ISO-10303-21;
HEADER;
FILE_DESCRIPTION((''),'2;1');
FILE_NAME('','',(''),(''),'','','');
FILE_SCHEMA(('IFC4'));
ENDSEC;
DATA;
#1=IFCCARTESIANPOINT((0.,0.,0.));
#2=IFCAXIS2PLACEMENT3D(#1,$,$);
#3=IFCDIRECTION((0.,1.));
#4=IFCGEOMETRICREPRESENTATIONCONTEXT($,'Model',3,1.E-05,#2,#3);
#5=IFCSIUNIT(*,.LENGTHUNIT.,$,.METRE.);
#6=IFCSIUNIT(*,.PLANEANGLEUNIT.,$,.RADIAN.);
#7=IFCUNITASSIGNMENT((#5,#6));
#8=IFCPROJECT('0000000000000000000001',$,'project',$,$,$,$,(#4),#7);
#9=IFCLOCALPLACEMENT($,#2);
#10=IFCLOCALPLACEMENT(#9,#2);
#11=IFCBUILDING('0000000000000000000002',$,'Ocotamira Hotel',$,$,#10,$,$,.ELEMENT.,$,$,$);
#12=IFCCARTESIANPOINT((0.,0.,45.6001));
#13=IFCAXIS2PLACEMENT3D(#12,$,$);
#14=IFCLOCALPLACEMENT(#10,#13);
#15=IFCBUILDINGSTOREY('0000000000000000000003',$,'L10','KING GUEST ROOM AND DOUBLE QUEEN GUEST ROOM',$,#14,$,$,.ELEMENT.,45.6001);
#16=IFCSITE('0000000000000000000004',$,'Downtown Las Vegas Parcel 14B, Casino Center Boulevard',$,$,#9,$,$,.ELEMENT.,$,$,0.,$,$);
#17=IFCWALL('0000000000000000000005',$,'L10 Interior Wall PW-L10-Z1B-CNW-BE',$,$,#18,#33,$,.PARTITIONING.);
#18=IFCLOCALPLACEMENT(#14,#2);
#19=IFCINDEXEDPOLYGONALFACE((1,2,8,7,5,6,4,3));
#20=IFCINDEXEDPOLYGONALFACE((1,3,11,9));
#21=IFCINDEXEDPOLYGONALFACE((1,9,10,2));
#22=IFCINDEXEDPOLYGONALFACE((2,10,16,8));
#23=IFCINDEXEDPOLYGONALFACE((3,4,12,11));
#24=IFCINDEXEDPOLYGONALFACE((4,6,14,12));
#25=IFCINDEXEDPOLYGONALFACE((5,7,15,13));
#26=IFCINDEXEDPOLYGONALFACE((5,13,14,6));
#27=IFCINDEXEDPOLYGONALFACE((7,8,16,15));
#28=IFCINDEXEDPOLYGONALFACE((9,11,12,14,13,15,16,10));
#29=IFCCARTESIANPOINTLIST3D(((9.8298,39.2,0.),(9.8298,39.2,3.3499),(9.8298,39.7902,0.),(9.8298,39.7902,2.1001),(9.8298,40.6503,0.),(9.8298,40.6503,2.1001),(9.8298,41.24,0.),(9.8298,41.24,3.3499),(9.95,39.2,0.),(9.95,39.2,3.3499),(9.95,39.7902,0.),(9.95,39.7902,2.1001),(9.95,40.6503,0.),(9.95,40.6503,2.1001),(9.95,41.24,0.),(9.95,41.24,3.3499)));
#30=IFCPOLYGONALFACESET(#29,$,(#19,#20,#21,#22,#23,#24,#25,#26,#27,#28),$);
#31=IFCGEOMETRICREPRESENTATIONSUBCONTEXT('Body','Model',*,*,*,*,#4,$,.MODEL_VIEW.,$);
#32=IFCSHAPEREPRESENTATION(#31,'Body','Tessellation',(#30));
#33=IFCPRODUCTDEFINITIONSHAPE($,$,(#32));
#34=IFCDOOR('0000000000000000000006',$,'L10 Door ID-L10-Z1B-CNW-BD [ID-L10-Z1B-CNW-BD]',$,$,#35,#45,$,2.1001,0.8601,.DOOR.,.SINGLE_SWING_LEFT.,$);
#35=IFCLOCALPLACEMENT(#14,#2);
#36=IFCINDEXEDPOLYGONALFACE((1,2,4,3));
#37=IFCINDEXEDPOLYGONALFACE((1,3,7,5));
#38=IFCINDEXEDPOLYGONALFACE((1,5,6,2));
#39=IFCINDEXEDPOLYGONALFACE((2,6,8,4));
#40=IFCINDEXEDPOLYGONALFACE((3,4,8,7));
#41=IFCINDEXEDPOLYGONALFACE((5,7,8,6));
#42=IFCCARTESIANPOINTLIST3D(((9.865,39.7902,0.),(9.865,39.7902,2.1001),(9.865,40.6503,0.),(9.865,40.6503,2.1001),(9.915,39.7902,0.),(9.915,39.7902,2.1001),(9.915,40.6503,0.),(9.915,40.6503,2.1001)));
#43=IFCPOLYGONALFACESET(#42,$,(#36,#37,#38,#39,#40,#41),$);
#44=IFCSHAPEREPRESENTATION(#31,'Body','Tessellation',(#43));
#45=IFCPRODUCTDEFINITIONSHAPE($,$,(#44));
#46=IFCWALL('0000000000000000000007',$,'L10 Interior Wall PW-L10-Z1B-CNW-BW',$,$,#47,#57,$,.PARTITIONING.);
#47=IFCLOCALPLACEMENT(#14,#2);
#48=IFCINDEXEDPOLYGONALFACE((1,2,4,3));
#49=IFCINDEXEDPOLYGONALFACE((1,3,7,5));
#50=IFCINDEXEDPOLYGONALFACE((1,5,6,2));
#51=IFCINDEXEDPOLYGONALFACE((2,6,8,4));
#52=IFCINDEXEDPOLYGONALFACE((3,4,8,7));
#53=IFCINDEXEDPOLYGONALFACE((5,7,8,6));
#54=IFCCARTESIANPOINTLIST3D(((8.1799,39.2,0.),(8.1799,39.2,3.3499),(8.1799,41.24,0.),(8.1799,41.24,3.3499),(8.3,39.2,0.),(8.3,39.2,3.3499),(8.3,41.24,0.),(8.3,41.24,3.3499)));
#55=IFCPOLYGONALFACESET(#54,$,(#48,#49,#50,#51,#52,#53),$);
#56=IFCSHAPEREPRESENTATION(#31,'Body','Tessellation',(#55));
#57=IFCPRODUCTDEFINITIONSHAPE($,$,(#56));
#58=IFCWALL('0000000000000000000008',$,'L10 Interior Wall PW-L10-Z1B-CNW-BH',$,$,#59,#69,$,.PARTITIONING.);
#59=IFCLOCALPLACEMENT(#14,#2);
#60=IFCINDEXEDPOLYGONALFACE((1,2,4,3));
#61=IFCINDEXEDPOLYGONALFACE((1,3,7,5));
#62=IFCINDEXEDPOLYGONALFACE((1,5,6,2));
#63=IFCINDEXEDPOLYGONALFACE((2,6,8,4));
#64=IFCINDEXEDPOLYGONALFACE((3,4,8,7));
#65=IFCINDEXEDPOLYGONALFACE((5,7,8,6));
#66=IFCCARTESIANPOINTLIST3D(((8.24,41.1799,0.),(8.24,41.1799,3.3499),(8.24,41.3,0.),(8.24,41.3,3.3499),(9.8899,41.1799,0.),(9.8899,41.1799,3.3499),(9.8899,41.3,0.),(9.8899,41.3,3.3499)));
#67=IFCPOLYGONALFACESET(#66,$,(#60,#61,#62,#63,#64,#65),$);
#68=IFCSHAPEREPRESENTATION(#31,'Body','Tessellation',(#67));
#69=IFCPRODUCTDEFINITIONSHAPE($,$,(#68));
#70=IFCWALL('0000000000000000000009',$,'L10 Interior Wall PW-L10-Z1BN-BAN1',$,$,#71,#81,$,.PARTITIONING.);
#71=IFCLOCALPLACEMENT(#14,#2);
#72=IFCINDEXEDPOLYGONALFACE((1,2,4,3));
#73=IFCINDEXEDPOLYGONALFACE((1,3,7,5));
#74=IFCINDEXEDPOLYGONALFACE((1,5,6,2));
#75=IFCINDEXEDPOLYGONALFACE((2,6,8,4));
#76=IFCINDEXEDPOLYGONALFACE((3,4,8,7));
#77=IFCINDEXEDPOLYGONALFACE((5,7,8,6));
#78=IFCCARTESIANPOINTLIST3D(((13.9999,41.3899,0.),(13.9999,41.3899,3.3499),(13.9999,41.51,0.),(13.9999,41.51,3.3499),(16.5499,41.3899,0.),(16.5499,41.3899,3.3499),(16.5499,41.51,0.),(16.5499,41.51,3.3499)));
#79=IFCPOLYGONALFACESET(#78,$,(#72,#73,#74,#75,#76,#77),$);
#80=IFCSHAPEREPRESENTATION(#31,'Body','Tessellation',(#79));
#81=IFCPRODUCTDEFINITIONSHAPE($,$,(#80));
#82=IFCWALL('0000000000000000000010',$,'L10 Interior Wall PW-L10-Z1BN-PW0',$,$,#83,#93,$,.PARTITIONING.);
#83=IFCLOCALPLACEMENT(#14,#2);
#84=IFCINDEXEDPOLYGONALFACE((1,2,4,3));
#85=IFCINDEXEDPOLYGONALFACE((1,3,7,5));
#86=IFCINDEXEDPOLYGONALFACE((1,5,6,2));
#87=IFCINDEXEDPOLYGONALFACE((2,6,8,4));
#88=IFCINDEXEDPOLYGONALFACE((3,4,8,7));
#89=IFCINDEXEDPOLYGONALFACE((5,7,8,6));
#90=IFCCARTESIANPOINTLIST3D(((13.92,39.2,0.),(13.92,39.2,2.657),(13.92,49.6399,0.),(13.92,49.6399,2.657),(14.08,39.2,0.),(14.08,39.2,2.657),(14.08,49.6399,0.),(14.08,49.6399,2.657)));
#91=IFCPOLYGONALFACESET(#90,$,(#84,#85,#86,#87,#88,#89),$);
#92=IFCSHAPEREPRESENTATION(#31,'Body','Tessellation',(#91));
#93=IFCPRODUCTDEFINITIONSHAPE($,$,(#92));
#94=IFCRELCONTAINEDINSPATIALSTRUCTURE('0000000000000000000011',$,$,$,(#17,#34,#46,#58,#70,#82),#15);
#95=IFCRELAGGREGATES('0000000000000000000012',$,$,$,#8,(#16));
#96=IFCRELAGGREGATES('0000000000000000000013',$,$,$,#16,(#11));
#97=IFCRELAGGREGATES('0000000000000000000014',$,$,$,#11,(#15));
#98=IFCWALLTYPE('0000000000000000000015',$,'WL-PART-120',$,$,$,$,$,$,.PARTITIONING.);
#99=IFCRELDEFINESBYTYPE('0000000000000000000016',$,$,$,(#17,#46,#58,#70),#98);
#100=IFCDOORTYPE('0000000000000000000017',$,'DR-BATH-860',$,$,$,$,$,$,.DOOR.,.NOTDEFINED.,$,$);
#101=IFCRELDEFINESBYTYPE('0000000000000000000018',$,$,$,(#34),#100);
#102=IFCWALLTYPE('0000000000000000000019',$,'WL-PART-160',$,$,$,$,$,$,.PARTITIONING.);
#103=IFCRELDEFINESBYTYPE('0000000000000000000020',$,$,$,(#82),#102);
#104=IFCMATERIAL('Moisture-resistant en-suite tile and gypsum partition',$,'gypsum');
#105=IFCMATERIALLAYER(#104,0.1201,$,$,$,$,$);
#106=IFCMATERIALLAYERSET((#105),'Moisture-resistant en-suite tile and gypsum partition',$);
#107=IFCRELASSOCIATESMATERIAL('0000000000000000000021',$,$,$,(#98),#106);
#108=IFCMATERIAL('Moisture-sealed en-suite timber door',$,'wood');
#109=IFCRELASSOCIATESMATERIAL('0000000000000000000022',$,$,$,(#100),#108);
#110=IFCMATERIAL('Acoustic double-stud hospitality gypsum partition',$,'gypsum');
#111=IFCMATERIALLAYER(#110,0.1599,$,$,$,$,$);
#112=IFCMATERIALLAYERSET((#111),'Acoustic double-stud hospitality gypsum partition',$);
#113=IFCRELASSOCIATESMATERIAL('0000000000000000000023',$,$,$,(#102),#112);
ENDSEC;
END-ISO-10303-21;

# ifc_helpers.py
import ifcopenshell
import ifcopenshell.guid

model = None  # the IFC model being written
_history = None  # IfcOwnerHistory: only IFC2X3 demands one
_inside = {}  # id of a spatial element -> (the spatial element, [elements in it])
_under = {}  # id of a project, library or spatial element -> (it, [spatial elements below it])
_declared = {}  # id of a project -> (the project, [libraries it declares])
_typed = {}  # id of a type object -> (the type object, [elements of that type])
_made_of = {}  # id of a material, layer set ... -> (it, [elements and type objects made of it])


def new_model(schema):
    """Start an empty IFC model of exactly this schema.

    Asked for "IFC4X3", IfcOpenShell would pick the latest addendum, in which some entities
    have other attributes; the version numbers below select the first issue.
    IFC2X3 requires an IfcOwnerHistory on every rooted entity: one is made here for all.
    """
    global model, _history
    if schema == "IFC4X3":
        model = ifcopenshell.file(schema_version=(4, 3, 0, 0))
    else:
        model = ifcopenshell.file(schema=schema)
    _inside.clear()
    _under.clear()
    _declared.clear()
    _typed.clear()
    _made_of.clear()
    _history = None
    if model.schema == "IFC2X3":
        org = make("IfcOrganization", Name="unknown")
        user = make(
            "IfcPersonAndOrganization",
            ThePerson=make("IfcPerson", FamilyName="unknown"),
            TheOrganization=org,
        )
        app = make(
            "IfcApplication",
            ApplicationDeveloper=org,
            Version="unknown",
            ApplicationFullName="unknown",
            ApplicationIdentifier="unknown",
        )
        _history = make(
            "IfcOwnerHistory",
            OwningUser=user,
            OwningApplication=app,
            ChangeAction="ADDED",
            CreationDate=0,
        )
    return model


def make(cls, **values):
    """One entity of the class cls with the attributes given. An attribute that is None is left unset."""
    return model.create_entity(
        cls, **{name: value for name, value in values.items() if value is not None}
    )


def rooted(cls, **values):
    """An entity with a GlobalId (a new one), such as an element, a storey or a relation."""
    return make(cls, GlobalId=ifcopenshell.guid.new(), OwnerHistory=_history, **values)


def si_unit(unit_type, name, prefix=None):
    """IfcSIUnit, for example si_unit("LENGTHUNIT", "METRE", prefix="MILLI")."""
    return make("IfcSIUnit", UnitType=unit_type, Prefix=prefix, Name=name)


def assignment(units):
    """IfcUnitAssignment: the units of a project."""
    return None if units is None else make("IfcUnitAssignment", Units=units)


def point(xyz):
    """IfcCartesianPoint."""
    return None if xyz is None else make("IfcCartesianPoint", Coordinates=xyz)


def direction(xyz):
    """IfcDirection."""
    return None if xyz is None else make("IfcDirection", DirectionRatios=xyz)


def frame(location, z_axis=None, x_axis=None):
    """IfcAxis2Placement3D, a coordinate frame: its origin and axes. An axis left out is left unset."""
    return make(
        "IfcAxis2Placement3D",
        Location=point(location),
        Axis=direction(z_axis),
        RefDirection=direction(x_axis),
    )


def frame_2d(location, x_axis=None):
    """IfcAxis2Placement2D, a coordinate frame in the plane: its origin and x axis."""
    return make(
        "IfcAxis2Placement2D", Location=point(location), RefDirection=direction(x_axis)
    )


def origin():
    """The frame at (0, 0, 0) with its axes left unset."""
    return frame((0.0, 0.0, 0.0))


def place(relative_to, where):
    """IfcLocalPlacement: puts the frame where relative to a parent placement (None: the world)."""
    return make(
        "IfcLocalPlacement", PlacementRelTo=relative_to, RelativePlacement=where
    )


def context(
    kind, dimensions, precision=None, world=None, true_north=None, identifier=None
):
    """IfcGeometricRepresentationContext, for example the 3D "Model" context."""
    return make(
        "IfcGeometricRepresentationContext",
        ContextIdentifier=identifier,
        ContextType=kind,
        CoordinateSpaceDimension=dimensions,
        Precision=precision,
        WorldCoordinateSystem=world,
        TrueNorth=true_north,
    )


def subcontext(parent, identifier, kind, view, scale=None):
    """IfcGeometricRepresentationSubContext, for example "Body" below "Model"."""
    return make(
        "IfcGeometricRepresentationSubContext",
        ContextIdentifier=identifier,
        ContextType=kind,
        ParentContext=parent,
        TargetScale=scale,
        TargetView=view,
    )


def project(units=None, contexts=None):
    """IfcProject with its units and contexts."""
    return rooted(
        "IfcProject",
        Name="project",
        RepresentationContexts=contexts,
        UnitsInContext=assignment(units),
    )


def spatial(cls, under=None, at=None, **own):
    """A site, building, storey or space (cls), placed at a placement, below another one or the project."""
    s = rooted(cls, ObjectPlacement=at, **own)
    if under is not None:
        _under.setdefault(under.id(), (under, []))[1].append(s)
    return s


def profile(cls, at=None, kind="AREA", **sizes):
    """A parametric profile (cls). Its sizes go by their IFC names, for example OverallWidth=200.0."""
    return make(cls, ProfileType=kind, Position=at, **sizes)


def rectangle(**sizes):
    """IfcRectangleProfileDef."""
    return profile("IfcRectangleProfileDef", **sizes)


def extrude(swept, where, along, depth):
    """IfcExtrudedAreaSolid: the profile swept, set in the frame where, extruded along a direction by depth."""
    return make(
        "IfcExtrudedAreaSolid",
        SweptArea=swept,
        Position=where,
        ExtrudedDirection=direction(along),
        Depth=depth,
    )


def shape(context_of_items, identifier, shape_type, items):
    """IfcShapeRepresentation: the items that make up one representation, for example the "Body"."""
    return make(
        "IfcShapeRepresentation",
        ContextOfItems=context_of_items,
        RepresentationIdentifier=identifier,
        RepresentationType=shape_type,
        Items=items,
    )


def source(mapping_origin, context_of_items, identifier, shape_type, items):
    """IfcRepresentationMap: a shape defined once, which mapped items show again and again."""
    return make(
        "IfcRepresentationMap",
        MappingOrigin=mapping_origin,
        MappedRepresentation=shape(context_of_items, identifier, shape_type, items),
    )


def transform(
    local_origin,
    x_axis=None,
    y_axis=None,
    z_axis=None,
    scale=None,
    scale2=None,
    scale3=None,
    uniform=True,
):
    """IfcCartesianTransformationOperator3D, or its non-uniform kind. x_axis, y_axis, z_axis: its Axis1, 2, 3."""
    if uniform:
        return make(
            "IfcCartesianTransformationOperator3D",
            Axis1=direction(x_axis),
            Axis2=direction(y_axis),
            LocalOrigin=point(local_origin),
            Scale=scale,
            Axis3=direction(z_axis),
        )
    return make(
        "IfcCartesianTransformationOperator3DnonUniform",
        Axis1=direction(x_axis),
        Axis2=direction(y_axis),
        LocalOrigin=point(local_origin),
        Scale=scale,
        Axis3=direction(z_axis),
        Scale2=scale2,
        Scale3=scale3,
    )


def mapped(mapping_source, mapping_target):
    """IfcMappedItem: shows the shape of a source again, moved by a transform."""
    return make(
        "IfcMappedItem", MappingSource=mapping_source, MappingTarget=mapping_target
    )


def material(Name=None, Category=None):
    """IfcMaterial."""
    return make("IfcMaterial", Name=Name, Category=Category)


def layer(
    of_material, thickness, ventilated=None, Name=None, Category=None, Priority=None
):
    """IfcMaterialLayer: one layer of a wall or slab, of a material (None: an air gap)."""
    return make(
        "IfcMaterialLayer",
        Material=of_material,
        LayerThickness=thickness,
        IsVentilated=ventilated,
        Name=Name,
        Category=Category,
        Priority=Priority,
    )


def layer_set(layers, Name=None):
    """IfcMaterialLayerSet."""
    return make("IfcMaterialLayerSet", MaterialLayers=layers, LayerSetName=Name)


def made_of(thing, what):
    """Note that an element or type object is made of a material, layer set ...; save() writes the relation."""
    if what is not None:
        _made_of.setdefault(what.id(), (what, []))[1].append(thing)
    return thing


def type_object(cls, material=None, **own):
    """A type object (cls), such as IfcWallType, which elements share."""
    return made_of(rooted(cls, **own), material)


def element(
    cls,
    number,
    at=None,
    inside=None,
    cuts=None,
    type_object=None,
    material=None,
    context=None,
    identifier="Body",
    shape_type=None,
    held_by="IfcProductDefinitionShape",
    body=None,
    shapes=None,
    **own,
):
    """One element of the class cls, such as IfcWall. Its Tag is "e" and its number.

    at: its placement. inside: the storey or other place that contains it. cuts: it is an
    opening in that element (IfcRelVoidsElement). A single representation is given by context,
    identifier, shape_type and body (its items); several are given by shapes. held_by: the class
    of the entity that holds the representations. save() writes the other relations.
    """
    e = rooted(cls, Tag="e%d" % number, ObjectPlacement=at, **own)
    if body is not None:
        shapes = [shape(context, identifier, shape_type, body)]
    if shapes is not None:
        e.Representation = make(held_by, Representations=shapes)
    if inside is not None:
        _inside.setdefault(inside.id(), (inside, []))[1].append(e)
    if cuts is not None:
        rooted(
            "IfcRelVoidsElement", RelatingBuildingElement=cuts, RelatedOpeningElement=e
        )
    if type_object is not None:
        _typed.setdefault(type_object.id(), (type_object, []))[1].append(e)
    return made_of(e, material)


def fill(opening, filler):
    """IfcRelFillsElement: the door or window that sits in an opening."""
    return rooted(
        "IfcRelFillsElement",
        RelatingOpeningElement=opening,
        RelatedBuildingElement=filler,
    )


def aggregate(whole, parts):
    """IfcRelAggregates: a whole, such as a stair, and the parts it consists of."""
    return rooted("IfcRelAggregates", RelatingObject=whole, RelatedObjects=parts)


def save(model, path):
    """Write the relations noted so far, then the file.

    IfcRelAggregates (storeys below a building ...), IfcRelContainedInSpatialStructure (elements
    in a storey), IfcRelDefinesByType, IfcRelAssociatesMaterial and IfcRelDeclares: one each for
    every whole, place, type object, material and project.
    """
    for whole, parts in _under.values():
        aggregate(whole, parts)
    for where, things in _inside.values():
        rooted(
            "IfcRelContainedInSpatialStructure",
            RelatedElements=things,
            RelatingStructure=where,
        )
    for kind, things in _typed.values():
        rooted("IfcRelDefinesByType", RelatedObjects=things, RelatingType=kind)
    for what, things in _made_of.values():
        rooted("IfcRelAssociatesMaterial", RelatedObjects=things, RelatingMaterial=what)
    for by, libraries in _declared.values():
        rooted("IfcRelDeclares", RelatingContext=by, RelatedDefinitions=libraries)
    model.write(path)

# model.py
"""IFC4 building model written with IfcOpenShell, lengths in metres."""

from ifc_helpers import new_model, si_unit, direction, frame, frame_2d, origin, place, context, subcontext, project, spatial, rectangle, extrude, source, transform, mapped, material, layer, layer_set, type_object, element, fill, save


model = new_model("IFC4")

# Units and contexts
model_context = context("Model", 3, precision=1e-05, world=origin(), true_north=direction((0.0, 1.0)))
body_context = subcontext(model_context, "Body", "Model", "MODEL_VIEW")
ifc_project = project(units=[si_unit("LENGTHUNIT", "METRE"), si_unit("PLANEANGLEUNIT", "RADIAN")], contexts=[model_context])

# Site, building, storey
site_placement = place(None, origin())
site = spatial("IfcSite", under=ifc_project, at=site_placement, Name="Downtown Las Vegas Parcel 14B, Casino Center Boulevard", CompositionType="ELEMENT", RefElevation=0.0)
building_placement = place(site_placement, origin())
building = spatial("IfcBuilding", under=site, at=building_placement, Name="Ocotamira Hotel", CompositionType="ELEMENT")
storey_placement = place(building_placement, frame((0.0, 0.0, 45.6001)))
storey = spatial("IfcBuildingStorey", under=building, at=storey_placement, Name="L10", Description="KING GUEST ROOM AND DOUBLE QUEEN GUEST ROOM", CompositionType="ELEMENT", Elevation=45.6001)

# Wall, opening, door
ifc_material_1 = material(Name="Moisture-resistant en-suite tile and gypsum partition", Category="gypsum")
ifc_layer_1 = layer(ifc_material_1, 0.1201)
ifc_layer_set_1 = layer_set([ifc_layer_1], Name="Moisture-resistant en-suite tile and gypsum partition")
wall_type_1 = type_object("IfcWallType", Name="WL-PART-120", PredefinedType="PARTITIONING", material=ifc_layer_set_1)
wall_1_placement = place(storey_placement, frame((9.8899, 39.2, 0.0), z_axis=(0.0, 0.0, 1.0), x_axis=(0.0, 1.0, 0.0)))
wall_1 = element("IfcWall", 1, at=wall_1_placement, inside=storey, type_object=wall_type_1, Name="L10 Interior Wall PW-L10-Z1B-CNW-BE", PredefinedType="PARTITIONING", context=body_context, shape_type="SweptSolid", body=[
    extrude(rectangle(XDim=2.04, YDim=0.1201, at=frame_2d((1.02, 0.0))), origin(), (0.0, 0.0, 1.0), 3.3499),
])
opening_1_placement = place(wall_1_placement, frame((0.5901, 0.0, 0.0)))
opening_1 = element("IfcOpeningElement", 2, at=opening_1_placement, cuts=wall_1, PredefinedType="OPENING", context=body_context, shape_type="SweptSolid", body=[
    extrude(rectangle(XDim=0.8601, YDim=2.1001, at=frame_2d((0.4302, 1.05))), frame((0.0, 0.0701, 0.0), z_axis=(0.0, -1.0, 0.0), x_axis=(1.0, 0.0, 0.0)), (0.0, 0.0, 1.0), 0.1401),
])
ifc_material_2 = material(Name="Moisture-sealed en-suite timber door", Category="wood")
door_type_1 = type_object("IfcDoorType", Name="DR-BATH-860", OperationType="NOTDEFINED", PredefinedType="DOOR", material=ifc_material_2)
shared_shape_1 = source(origin(), body_context, "Body", "SweptSolid", [
    extrude(rectangle(XDim=0.8601, YDim=2.1001, at=frame_2d((0.4302, 1.05))), frame((0.0, 0.0249, 0.0), z_axis=(0.0, -1.0, 0.0), x_axis=(1.0, 0.0, 0.0)), (0.0, 0.0, 1.0), 0.05),
])
door_1_placement = place(opening_1_placement, origin())
door_1 = element("IfcDoor", 3, at=door_1_placement, inside=storey, type_object=door_type_1, Name="L10 Door ID-L10-Z1B-CNW-BD [ID-L10-Z1B-CNW-BD]", OperationType="SINGLE_SWING_LEFT", OverallHeight=2.1001, OverallWidth=0.8601, PredefinedType="DOOR", context=body_context, shape_type="MappedRepresentation", body=[
    mapped(shared_shape_1, transform((0.0, 0.0, 0.0), scale=1.0)),
])
fill(opening_1, door_1)

# Walls
wall_2_placement = place(storey_placement, frame((8.24, 39.2, 0.0), z_axis=(0.0, 0.0, 1.0), x_axis=(0.0, 1.0, 0.0)))
element("IfcWall", 4, at=wall_2_placement, inside=storey, type_object=wall_type_1, Name="L10 Interior Wall PW-L10-Z1B-CNW-BW", PredefinedType="PARTITIONING", context=body_context, shape_type="SweptSolid", body=[
    extrude(rectangle(XDim=2.04, YDim=0.1201, at=frame_2d((1.02, 0.0))), origin(), (0.0, 0.0, 1.0), 3.3499),
])
wall_3_placement = place(storey_placement, frame((8.24, 41.24, 0.0), z_axis=(0.0, 0.0, 1.0), x_axis=(1.0, 0.0, 0.0)))
element("IfcWall", 5, at=wall_3_placement, inside=storey, type_object=wall_type_1, Name="L10 Interior Wall PW-L10-Z1B-CNW-BH", PredefinedType="PARTITIONING", context=body_context, shape_type="SweptSolid", body=[
    extrude(rectangle(XDim=1.6499, YDim=0.1201, at=frame_2d((0.825, 0.0))), origin(), (0.0, 0.0, 1.0), 3.3499),
])

# Walls
wall_4_placement = place(storey_placement, frame((14.0, 41.45, 0.0), z_axis=(0.0, 0.0, 1.0), x_axis=(1.0, 0.0, 0.0)))
element("IfcWall", 6, at=wall_4_placement, inside=storey, type_object=wall_type_1, Name="L10 Interior Wall PW-L10-Z1BN-BAN1", PredefinedType="PARTITIONING", context=body_context, shape_type="SweptSolid", body=[
    extrude(rectangle(XDim=2.55, YDim=0.1201, at=frame_2d((1.2749, 0.0))), origin(), (0.0, 0.0, 1.0), 3.3499),
])
ifc_material_3 = material(Name="Acoustic double-stud hospitality gypsum partition", Category="gypsum")
ifc_layer_2 = layer(ifc_material_3, 0.1599)
ifc_layer_set_2 = layer_set([ifc_layer_2], Name="Acoustic double-stud hospitality gypsum partition")
wall_type_2 = type_object("IfcWallType", Name="WL-PART-160", PredefinedType="PARTITIONING", material=ifc_layer_set_2)
wall_5_placement = place(storey_placement, frame((14.0, 39.2, 0.0), z_axis=(0.0, 0.0, 1.0), x_axis=(0.0, 1.0, 0.0)))
element("IfcWall", 7, at=wall_5_placement, inside=storey, type_object=wall_type_2, Name="L10 Interior Wall PW-L10-Z1BN-PW0", PredefinedType="PARTITIONING", context=body_context, shape_type="SweptSolid", body=[
    extrude(rectangle(XDim=10.4399, YDim=0.1599, at=frame_2d((5.22, 0.0))), origin(), (0.0, 0.0, 1.0), 2.657),
])

save(model, "model.ifc")
